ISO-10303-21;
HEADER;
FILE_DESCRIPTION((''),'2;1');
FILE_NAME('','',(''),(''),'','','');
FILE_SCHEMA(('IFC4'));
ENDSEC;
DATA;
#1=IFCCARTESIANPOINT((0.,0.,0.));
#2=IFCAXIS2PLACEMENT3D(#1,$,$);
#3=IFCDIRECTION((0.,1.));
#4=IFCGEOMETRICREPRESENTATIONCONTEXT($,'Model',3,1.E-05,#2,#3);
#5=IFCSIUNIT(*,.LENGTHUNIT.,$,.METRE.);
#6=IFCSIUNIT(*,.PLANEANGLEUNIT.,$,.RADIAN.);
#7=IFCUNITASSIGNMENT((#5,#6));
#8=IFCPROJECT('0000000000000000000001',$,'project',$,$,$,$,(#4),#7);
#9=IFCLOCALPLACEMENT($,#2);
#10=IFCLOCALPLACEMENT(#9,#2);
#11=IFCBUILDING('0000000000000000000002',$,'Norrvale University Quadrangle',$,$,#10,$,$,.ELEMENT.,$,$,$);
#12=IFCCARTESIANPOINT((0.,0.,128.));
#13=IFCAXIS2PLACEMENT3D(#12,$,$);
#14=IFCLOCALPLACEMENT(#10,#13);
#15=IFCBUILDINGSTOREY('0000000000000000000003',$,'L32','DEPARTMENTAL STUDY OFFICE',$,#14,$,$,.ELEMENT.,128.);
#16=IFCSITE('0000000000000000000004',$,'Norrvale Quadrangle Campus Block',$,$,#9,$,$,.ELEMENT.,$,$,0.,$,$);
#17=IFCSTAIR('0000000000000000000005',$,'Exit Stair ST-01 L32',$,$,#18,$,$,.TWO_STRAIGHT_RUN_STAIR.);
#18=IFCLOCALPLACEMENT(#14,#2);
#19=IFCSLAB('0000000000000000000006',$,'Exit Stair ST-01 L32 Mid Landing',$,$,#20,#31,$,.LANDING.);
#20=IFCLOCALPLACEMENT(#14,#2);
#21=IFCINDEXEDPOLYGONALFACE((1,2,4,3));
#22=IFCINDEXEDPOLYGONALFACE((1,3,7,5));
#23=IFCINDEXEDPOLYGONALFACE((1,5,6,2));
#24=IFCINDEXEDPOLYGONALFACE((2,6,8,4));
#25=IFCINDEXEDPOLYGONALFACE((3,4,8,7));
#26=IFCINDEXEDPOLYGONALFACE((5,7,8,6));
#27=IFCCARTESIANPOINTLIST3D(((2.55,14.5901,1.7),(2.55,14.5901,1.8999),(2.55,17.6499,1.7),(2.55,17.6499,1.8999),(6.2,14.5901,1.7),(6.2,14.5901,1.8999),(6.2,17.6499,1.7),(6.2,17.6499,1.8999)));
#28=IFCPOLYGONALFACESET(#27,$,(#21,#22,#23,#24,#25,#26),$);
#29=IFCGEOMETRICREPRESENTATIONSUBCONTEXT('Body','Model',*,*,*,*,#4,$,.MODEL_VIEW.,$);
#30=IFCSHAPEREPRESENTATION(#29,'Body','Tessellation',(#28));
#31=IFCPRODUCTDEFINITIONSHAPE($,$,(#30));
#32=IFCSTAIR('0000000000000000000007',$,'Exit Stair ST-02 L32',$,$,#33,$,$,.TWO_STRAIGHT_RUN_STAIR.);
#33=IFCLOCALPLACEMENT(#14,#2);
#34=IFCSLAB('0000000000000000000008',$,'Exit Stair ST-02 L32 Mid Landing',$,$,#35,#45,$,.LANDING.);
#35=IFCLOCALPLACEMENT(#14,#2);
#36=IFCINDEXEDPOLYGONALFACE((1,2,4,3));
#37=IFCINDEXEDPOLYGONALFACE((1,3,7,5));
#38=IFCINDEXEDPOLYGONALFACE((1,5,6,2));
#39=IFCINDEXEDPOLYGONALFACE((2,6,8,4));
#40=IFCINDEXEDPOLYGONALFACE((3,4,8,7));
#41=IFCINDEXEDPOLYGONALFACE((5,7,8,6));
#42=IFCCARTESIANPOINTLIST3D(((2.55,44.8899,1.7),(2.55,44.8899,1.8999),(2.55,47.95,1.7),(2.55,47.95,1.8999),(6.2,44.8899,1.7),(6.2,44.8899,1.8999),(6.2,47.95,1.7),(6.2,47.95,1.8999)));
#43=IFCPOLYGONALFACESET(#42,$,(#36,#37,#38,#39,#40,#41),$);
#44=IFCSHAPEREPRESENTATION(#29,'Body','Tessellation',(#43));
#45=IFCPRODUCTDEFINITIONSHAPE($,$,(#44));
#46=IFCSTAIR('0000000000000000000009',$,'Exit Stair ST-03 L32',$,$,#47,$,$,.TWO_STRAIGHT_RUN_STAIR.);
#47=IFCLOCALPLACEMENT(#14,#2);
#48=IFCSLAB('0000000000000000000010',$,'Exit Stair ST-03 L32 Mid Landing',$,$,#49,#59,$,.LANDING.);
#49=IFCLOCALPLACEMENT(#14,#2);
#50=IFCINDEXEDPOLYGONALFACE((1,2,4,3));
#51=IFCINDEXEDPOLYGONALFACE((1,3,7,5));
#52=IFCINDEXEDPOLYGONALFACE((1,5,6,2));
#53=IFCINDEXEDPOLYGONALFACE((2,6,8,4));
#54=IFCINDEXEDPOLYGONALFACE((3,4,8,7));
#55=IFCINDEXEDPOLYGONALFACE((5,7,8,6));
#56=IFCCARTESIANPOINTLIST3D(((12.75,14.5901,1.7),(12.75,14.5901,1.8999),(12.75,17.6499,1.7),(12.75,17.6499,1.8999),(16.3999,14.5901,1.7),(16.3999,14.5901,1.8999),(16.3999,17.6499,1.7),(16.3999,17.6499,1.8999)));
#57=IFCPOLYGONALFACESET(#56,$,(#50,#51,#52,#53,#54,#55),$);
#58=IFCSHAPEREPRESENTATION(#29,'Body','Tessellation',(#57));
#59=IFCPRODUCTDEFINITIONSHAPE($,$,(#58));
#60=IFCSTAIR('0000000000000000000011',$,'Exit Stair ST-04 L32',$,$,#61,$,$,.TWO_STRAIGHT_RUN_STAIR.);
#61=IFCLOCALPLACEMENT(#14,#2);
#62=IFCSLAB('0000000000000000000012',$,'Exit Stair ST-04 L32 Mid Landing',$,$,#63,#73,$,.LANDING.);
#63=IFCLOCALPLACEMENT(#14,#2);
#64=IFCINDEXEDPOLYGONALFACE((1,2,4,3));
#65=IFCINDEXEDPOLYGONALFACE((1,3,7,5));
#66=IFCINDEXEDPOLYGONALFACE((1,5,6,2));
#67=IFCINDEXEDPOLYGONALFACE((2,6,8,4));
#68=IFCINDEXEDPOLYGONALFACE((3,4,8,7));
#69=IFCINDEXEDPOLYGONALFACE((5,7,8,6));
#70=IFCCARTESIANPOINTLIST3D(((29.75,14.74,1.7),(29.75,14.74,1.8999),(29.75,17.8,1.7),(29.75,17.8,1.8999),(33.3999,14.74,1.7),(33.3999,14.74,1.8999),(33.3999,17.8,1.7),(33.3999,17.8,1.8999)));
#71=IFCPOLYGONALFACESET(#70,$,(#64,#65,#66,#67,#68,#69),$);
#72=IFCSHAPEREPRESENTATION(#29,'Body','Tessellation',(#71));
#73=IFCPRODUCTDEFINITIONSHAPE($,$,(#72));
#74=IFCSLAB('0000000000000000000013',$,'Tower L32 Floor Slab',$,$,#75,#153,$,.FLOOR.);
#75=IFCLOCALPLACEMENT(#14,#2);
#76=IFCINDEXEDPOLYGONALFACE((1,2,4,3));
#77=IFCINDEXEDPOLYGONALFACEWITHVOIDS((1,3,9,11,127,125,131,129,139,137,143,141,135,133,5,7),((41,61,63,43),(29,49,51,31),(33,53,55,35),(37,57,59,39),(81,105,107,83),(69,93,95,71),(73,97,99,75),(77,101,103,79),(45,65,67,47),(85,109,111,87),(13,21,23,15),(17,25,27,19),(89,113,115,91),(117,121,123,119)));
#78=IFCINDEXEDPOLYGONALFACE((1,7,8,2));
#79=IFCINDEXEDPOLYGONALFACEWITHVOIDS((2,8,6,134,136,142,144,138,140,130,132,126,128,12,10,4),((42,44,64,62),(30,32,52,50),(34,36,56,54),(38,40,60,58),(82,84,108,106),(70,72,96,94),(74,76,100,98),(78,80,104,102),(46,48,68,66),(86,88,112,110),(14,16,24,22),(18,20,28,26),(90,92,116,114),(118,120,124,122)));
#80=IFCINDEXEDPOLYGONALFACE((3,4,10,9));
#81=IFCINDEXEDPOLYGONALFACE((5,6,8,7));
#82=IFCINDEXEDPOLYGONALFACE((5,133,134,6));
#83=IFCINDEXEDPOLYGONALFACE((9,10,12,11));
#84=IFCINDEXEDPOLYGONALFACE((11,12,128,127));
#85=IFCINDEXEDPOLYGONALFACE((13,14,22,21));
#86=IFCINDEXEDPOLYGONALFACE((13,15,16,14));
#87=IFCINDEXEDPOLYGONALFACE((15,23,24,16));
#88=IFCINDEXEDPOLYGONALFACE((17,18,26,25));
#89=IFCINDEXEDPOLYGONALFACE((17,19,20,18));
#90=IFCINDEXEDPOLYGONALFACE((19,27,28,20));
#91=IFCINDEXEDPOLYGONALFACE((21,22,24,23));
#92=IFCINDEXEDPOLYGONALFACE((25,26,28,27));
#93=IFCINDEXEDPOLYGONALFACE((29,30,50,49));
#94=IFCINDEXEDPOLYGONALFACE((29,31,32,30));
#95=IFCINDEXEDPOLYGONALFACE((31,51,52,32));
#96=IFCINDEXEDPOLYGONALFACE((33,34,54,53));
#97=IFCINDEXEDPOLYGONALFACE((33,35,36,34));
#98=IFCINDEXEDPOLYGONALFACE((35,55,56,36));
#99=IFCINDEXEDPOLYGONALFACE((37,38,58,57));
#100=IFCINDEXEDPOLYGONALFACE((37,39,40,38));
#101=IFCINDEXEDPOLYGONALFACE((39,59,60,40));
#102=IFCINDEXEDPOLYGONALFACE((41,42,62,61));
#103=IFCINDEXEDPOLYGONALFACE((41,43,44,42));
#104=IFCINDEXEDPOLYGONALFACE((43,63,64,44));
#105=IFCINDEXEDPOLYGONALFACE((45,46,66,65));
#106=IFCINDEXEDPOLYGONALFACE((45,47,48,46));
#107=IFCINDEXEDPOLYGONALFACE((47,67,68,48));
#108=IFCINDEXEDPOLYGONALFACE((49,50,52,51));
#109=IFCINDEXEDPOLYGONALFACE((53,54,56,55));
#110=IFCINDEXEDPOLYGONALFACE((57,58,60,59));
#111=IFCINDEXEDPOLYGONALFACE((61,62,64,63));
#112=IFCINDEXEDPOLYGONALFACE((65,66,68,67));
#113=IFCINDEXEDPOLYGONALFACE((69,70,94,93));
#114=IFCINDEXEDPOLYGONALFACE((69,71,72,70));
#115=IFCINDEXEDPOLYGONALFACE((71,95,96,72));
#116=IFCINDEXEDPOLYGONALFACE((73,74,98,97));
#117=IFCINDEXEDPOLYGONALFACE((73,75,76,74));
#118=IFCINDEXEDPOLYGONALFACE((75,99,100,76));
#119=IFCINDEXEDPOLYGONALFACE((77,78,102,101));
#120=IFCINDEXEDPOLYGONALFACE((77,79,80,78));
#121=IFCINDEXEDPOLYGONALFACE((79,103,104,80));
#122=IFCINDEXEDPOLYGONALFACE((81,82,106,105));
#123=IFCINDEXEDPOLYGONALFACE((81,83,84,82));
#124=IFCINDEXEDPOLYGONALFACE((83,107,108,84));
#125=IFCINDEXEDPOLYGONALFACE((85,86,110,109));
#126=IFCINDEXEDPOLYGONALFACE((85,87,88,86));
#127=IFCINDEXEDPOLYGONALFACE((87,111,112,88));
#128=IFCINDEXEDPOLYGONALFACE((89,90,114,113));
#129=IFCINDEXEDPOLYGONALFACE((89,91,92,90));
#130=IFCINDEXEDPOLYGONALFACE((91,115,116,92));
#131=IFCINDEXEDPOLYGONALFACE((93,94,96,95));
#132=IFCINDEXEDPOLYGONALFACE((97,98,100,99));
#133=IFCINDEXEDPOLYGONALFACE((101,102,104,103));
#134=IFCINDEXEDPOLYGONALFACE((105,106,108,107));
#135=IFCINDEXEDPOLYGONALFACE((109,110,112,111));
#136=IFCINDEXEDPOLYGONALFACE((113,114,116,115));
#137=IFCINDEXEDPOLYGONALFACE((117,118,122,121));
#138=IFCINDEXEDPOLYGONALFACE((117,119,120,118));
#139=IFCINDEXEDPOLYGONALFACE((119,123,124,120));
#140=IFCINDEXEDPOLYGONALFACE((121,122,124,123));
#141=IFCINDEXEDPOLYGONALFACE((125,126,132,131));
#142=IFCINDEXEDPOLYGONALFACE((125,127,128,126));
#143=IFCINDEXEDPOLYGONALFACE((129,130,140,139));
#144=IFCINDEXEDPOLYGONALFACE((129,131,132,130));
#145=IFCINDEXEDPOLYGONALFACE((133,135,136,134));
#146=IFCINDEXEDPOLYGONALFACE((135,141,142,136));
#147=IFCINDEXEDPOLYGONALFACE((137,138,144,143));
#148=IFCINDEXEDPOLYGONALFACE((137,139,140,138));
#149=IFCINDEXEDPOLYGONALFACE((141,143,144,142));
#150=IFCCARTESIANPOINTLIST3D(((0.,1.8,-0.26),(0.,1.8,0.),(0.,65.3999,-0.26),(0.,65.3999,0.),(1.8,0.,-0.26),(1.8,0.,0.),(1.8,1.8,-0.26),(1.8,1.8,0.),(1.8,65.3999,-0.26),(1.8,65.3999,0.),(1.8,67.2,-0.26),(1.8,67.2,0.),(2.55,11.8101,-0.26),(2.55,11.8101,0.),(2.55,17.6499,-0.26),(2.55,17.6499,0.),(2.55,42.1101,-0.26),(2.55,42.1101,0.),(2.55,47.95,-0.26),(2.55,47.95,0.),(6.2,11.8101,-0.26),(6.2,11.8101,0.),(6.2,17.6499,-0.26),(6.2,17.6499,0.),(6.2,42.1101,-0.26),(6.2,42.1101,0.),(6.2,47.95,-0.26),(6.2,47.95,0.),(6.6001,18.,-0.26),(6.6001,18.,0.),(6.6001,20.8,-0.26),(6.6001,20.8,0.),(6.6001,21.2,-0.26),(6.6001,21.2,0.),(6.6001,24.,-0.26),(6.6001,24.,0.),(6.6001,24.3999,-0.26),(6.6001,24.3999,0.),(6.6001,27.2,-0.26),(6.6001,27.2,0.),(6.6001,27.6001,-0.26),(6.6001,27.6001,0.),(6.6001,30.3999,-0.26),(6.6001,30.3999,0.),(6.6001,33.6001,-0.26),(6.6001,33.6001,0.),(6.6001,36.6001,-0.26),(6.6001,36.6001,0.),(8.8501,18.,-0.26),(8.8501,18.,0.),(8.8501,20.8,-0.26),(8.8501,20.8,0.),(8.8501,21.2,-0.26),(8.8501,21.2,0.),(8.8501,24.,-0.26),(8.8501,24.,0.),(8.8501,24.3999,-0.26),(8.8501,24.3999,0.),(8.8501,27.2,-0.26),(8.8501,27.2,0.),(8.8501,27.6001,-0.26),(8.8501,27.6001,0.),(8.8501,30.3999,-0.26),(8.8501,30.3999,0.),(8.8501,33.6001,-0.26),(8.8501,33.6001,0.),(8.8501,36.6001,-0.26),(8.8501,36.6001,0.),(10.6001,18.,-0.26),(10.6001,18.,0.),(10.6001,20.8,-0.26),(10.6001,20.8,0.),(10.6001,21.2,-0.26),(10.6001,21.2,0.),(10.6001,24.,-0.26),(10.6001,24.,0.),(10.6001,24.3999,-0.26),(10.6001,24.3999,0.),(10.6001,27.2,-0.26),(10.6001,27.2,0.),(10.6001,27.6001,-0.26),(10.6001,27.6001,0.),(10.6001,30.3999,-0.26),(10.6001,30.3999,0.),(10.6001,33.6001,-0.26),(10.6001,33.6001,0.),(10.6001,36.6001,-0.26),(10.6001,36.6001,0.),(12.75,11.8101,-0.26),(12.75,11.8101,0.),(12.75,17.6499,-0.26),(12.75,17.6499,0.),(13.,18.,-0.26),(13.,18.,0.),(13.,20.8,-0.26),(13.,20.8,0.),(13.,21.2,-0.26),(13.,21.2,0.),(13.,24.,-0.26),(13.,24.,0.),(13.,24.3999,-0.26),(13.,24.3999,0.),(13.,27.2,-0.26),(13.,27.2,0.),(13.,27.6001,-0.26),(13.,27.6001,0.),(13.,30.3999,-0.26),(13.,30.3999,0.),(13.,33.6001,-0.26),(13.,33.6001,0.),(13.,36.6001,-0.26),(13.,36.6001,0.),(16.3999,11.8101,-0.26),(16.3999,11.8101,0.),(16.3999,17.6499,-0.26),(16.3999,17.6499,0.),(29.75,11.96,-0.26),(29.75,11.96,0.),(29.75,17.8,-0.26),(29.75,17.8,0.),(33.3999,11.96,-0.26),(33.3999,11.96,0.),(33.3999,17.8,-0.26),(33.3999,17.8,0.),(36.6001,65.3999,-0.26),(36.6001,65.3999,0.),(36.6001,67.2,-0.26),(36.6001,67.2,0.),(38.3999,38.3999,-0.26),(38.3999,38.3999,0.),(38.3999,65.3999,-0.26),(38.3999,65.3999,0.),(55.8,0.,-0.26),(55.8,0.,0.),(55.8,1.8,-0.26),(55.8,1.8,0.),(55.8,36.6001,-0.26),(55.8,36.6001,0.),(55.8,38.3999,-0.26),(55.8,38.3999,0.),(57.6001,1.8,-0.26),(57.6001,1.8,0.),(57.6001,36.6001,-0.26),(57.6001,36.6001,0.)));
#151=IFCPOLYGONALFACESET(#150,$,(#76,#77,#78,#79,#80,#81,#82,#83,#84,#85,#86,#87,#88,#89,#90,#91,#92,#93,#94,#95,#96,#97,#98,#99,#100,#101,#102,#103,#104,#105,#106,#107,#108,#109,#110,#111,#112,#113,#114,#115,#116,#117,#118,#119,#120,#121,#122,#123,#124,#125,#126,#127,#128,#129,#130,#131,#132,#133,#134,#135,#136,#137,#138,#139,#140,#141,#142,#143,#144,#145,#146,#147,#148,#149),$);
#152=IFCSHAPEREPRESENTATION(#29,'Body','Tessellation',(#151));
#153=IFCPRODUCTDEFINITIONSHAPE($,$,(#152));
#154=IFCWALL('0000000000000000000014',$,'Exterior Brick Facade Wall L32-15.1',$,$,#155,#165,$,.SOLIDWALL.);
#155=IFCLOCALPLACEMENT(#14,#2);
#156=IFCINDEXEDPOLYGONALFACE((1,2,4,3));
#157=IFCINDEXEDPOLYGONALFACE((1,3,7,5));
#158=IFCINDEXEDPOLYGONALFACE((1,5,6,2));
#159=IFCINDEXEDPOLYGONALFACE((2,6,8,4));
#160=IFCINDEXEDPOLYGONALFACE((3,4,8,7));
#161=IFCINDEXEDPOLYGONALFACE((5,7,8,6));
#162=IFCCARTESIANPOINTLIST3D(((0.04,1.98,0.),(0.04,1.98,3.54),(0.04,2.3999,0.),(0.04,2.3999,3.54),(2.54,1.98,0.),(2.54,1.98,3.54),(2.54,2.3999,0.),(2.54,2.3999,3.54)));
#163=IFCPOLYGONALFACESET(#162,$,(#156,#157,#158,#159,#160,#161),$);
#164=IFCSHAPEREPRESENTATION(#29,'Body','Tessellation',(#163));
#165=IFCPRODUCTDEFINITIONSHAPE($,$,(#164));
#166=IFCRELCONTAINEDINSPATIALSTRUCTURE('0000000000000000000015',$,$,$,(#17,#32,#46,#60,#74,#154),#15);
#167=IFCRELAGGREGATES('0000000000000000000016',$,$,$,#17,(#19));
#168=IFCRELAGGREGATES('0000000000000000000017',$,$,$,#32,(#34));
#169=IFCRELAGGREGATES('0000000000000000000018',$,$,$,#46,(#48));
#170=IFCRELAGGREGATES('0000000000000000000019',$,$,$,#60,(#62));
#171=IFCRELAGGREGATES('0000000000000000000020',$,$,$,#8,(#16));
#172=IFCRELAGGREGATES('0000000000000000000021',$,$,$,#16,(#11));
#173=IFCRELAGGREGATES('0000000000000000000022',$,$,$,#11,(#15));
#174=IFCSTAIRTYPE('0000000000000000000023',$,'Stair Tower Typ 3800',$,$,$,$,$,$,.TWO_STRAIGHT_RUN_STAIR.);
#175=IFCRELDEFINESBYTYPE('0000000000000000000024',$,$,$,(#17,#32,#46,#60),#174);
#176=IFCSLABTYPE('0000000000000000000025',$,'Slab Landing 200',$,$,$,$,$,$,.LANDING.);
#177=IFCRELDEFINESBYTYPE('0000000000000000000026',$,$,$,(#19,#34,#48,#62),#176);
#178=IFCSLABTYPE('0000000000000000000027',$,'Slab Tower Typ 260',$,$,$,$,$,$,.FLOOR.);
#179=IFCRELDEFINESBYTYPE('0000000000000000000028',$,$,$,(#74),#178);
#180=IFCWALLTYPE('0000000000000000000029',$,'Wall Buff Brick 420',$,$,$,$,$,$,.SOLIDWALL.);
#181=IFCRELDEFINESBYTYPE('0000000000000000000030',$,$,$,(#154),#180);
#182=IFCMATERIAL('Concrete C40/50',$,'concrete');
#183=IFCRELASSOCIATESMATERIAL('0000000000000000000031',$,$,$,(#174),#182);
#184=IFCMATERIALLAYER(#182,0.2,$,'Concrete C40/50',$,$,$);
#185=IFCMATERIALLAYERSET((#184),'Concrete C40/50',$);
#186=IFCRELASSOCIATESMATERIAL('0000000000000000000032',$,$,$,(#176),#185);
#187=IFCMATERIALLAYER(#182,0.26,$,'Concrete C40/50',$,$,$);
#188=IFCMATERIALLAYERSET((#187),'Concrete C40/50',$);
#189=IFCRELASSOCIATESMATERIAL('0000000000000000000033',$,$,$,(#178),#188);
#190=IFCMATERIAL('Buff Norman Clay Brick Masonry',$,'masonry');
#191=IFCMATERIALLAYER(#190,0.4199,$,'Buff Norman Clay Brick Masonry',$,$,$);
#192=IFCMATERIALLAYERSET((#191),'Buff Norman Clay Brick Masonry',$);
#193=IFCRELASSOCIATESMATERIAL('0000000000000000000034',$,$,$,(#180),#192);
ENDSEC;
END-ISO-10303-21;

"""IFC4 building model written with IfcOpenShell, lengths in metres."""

from ifc_helpers import new_model, si_unit, direction, frame, frame_2d, origin, place, context, subcontext, project, spatial, polyline, rectangle, outline, extrude, material, layer, layer_set, type_object, element, aggregate, save


model = new_model("IFC4")

# Units and contexts
model_context = context("Model", 3, precision=1e-05, world=origin(), true_north=direction((0.0, 1.0)))
body_context = subcontext(model_context, "Body", "Model", "MODEL_VIEW")
ifc_project = project(units=[si_unit("LENGTHUNIT", "METRE"), si_unit("PLANEANGLEUNIT", "RADIAN")], contexts=[model_context])

# Site, building, storey
site_placement = place(None, origin())
site = spatial("IfcSite", under=ifc_project, at=site_placement, Name="Norrvale Quadrangle Campus Block", CompositionType="ELEMENT", RefElevation=0.0)
building_placement = place(site_placement, origin())
building = spatial("IfcBuilding", under=site, at=building_placement, Name="Norrvale University Quadrangle", CompositionType="ELEMENT")
storey_placement = place(building_placement, frame((0.0, 0.0, 128.0)))
storey = spatial("IfcBuildingStorey", under=building, at=storey_placement, Name="L32", Description="DEPARTMENTAL STUDY OFFICE", CompositionType="ELEMENT", Elevation=128.0)

# Stairs, slabs
ifc_material_1 = material(Name="Concrete C40/50", Category="concrete")
stair_type = type_object("IfcStairType", Name="Stair Tower Typ 3800", PredefinedType="TWO_STRAIGHT_RUN_STAIR", material=ifc_material_1)
stair_1_placement = place(storey_placement, origin())
stair_1 = element("IfcStair", 1, at=stair_1_placement, inside=storey, type_object=stair_type, Name="Exit Stair ST-01 L32", PredefinedType="TWO_STRAIGHT_RUN_STAIR")
ifc_layer_1 = layer(ifc_material_1, 0.2, Name="Concrete C40/50")
ifc_layer_set_1 = layer_set([ifc_layer_1], Name="Concrete C40/50")
slab_type_1 = type_object("IfcSlabType", Name="Slab Landing 200", PredefinedType="LANDING", material=ifc_layer_set_1)
slab_1_placement = place(storey_placement, frame((0.0, 0.0, 1.7)))
slab_1 = element("IfcSlab", 2, at=slab_1_placement, type_object=slab_type_1, Name="Exit Stair ST-01 L32 Mid Landing", PredefinedType="LANDING", context=body_context, shape_type="SweptSolid", body=[
    extrude(outline(polyline([(2.55, 14.5901), (6.2, 14.5901), (6.2, 17.6499), (2.55, 17.6499), (2.55, 14.5901)])), origin(), (0.0, 0.0, 1.0), 0.2),
])
aggregate(stair_1, [slab_1])
stair_2_placement = place(storey_placement, origin())
stair_2 = element("IfcStair", 3, at=stair_2_placement, inside=storey, type_object=stair_type, Name="Exit Stair ST-02 L32", PredefinedType="TWO_STRAIGHT_RUN_STAIR")
slab_2_placement = place(storey_placement, frame((0.0, 0.0, 1.7)))
slab_2 = element("IfcSlab", 4, at=slab_2_placement, type_object=slab_type_1, Name="Exit Stair ST-02 L32 Mid Landing", PredefinedType="LANDING", context=body_context, shape_type="SweptSolid", body=[
    extrude(outline(polyline([(2.55, 44.8899), (6.2, 44.8899), (6.2, 47.95), (2.55, 47.95), (2.55, 44.8899)])), origin(), (0.0, 0.0, 1.0), 0.2),
])
aggregate(stair_2, [slab_2])
stair_3_placement = place(storey_placement, origin())
stair_3 = element("IfcStair", 5, at=stair_3_placement, inside=storey, type_object=stair_type, Name="Exit Stair ST-03 L32", PredefinedType="TWO_STRAIGHT_RUN_STAIR")
slab_3_placement = place(storey_placement, frame((0.0, 0.0, 1.7)))
slab_3 = element("IfcSlab", 6, at=slab_3_placement, type_object=slab_type_1, Name="Exit Stair ST-03 L32 Mid Landing", PredefinedType="LANDING", context=body_context, shape_type="SweptSolid", body=[
    extrude(outline(polyline([(12.75, 14.5901), (16.3999, 14.5901), (16.3999, 17.6499), (12.75, 17.6499), (12.75, 14.5901)])), origin(), (0.0, 0.0, 1.0), 0.2),
])
aggregate(stair_3, [slab_3])
stair_4_placement = place(storey_placement, origin())
stair_4 = element("IfcStair", 7, at=stair_4_placement, inside=storey, type_object=stair_type, Name="Exit Stair ST-04 L32", PredefinedType="TWO_STRAIGHT_RUN_STAIR")
slab_4_placement = place(storey_placement, frame((0.0, 0.0, 1.7)))
slab_4 = element("IfcSlab", 8, at=slab_4_placement, type_object=slab_type_1, Name="Exit Stair ST-04 L32 Mid Landing", PredefinedType="LANDING", context=body_context, shape_type="SweptSolid", body=[
    extrude(outline(polyline([(29.75, 14.74), (33.3999, 14.74), (33.3999, 17.8), (29.75, 17.8), (29.75, 14.74)])), origin(), (0.0, 0.0, 1.0), 0.2),
])
aggregate(stair_4, [slab_4])

# Slab
ifc_layer_2 = layer(ifc_material_1, 0.26, Name="Concrete C40/50")
ifc_layer_set_2 = layer_set([ifc_layer_2], Name="Concrete C40/50")
slab_type_2 = type_object("IfcSlabType", Name="Slab Tower Typ 260", PredefinedType="FLOOR", material=ifc_layer_set_2)
slab_5_placement = place(storey_placement, frame((0.0, 0.0, -0.26)))
element("IfcSlab", 9, at=slab_5_placement, inside=storey, type_object=slab_type_2, Name="Tower L32 Floor Slab", PredefinedType="FLOOR", context=body_context, shape_type="SweptSolid", body=[
    extrude(outline(polyline([(1.8, 0.0), (55.8, 0.0), (55.8, 1.8), (57.6001, 1.8), (57.6001, 36.6001), (55.8, 36.6001), (55.8, 38.3999), (38.3999, 38.3999), (38.3999, 65.3999), (36.6001, 65.3999), (36.6001, 67.2), (1.8, 67.2), (1.8, 65.3999), (0.0, 65.3999), (0.0, 1.8), (1.8, 1.8), (1.8, 0.0)]), holes=[polyline([(2.55, 11.8101), (6.2, 11.8101), (6.2, 17.6499), (2.55, 17.6499), (2.55, 11.8101)]), polyline([(2.55, 42.1101), (6.2, 42.1101), (6.2, 47.95), (2.55, 47.95), (2.55, 42.1101)]), polyline([(12.75, 11.8101), (16.3999, 11.8101), (16.3999, 17.6499), (12.75, 17.6499), (12.75, 11.8101)]), polyline([(29.75, 11.96), (33.3999, 11.96), (33.3999, 17.8), (29.75, 17.8), (29.75, 11.96)]), polyline([(6.6001, 18.0), (8.8501, 18.0), (8.8501, 20.8), (6.6001, 20.8), (6.6001, 18.0)]), polyline([(6.6001, 21.2), (8.8501, 21.2), (8.8501, 24.0), (6.6001, 24.0), (6.6001, 21.2)]), polyline([(6.6001, 24.3999), (8.8501, 24.3999), (8.8501, 27.2), (6.6001, 27.2), (6.6001, 24.3999)]), polyline([(6.6001, 27.6001), (8.8501, 27.6001), (8.8501, 30.3999), (6.6001, 30.3999), (6.6001, 27.6001)]), polyline([(10.6001, 18.0), (13.0, 18.0), (13.0, 20.8), (10.6001, 20.8), (10.6001, 18.0)]), polyline([(10.6001, 21.2), (13.0, 21.2), (13.0, 24.0), (10.6001, 24.0), (10.6001, 21.2)]), polyline([(10.6001, 24.3999), (13.0, 24.3999), (13.0, 27.2), (10.6001, 27.2), (10.6001, 24.3999)]), polyline([(10.6001, 27.6001), (13.0, 27.6001), (13.0, 30.3999), (10.6001, 30.3999), (10.6001, 27.6001)]), polyline([(6.6001, 33.6001), (8.8501, 33.6001), (8.8501, 36.6001), (6.6001, 36.6001), (6.6001, 33.6001)]), polyline([(10.6001, 33.6001), (13.0, 33.6001), (13.0, 36.6001), (10.6001, 36.6001), (10.6001, 33.6001)])]), origin(), (0.0, 0.0, 1.0), 0.26),
])

# Wall
ifc_material_2 = material(Name="Buff Norman Clay Brick Masonry", Category="masonry")
ifc_layer_3 = layer(ifc_material_2, 0.4199, Name="Buff Norman Clay Brick Masonry")
ifc_layer_set_3 = layer_set([ifc_layer_3], Name="Buff Norman Clay Brick Masonry")
wall_type_1 = type_object("IfcWallType", Name="Wall Buff Brick 420", PredefinedType="SOLIDWALL", material=ifc_layer_set_3)
wall_1_placement = place(storey_placement, frame((0.04, 2.1899, 0.0), z_axis=(0.0, 0.0, 1.0), x_axis=(1.0, 0.0, 0.0)))
element("IfcWall", 10, at=wall_1_placement, inside=storey, type_object=wall_type_1, Name="Exterior Brick Facade Wall L32-15.1", PredefinedType="SOLIDWALL", context=body_context, shape_type="SweptSolid", body=[
    extrude(rectangle(XDim=2.5, YDim=0.4199, at=frame_2d((1.25, 0.0))), origin(), (0.0, 0.0, 1.0), 3.54),
])

save(model, "model.ifc")
